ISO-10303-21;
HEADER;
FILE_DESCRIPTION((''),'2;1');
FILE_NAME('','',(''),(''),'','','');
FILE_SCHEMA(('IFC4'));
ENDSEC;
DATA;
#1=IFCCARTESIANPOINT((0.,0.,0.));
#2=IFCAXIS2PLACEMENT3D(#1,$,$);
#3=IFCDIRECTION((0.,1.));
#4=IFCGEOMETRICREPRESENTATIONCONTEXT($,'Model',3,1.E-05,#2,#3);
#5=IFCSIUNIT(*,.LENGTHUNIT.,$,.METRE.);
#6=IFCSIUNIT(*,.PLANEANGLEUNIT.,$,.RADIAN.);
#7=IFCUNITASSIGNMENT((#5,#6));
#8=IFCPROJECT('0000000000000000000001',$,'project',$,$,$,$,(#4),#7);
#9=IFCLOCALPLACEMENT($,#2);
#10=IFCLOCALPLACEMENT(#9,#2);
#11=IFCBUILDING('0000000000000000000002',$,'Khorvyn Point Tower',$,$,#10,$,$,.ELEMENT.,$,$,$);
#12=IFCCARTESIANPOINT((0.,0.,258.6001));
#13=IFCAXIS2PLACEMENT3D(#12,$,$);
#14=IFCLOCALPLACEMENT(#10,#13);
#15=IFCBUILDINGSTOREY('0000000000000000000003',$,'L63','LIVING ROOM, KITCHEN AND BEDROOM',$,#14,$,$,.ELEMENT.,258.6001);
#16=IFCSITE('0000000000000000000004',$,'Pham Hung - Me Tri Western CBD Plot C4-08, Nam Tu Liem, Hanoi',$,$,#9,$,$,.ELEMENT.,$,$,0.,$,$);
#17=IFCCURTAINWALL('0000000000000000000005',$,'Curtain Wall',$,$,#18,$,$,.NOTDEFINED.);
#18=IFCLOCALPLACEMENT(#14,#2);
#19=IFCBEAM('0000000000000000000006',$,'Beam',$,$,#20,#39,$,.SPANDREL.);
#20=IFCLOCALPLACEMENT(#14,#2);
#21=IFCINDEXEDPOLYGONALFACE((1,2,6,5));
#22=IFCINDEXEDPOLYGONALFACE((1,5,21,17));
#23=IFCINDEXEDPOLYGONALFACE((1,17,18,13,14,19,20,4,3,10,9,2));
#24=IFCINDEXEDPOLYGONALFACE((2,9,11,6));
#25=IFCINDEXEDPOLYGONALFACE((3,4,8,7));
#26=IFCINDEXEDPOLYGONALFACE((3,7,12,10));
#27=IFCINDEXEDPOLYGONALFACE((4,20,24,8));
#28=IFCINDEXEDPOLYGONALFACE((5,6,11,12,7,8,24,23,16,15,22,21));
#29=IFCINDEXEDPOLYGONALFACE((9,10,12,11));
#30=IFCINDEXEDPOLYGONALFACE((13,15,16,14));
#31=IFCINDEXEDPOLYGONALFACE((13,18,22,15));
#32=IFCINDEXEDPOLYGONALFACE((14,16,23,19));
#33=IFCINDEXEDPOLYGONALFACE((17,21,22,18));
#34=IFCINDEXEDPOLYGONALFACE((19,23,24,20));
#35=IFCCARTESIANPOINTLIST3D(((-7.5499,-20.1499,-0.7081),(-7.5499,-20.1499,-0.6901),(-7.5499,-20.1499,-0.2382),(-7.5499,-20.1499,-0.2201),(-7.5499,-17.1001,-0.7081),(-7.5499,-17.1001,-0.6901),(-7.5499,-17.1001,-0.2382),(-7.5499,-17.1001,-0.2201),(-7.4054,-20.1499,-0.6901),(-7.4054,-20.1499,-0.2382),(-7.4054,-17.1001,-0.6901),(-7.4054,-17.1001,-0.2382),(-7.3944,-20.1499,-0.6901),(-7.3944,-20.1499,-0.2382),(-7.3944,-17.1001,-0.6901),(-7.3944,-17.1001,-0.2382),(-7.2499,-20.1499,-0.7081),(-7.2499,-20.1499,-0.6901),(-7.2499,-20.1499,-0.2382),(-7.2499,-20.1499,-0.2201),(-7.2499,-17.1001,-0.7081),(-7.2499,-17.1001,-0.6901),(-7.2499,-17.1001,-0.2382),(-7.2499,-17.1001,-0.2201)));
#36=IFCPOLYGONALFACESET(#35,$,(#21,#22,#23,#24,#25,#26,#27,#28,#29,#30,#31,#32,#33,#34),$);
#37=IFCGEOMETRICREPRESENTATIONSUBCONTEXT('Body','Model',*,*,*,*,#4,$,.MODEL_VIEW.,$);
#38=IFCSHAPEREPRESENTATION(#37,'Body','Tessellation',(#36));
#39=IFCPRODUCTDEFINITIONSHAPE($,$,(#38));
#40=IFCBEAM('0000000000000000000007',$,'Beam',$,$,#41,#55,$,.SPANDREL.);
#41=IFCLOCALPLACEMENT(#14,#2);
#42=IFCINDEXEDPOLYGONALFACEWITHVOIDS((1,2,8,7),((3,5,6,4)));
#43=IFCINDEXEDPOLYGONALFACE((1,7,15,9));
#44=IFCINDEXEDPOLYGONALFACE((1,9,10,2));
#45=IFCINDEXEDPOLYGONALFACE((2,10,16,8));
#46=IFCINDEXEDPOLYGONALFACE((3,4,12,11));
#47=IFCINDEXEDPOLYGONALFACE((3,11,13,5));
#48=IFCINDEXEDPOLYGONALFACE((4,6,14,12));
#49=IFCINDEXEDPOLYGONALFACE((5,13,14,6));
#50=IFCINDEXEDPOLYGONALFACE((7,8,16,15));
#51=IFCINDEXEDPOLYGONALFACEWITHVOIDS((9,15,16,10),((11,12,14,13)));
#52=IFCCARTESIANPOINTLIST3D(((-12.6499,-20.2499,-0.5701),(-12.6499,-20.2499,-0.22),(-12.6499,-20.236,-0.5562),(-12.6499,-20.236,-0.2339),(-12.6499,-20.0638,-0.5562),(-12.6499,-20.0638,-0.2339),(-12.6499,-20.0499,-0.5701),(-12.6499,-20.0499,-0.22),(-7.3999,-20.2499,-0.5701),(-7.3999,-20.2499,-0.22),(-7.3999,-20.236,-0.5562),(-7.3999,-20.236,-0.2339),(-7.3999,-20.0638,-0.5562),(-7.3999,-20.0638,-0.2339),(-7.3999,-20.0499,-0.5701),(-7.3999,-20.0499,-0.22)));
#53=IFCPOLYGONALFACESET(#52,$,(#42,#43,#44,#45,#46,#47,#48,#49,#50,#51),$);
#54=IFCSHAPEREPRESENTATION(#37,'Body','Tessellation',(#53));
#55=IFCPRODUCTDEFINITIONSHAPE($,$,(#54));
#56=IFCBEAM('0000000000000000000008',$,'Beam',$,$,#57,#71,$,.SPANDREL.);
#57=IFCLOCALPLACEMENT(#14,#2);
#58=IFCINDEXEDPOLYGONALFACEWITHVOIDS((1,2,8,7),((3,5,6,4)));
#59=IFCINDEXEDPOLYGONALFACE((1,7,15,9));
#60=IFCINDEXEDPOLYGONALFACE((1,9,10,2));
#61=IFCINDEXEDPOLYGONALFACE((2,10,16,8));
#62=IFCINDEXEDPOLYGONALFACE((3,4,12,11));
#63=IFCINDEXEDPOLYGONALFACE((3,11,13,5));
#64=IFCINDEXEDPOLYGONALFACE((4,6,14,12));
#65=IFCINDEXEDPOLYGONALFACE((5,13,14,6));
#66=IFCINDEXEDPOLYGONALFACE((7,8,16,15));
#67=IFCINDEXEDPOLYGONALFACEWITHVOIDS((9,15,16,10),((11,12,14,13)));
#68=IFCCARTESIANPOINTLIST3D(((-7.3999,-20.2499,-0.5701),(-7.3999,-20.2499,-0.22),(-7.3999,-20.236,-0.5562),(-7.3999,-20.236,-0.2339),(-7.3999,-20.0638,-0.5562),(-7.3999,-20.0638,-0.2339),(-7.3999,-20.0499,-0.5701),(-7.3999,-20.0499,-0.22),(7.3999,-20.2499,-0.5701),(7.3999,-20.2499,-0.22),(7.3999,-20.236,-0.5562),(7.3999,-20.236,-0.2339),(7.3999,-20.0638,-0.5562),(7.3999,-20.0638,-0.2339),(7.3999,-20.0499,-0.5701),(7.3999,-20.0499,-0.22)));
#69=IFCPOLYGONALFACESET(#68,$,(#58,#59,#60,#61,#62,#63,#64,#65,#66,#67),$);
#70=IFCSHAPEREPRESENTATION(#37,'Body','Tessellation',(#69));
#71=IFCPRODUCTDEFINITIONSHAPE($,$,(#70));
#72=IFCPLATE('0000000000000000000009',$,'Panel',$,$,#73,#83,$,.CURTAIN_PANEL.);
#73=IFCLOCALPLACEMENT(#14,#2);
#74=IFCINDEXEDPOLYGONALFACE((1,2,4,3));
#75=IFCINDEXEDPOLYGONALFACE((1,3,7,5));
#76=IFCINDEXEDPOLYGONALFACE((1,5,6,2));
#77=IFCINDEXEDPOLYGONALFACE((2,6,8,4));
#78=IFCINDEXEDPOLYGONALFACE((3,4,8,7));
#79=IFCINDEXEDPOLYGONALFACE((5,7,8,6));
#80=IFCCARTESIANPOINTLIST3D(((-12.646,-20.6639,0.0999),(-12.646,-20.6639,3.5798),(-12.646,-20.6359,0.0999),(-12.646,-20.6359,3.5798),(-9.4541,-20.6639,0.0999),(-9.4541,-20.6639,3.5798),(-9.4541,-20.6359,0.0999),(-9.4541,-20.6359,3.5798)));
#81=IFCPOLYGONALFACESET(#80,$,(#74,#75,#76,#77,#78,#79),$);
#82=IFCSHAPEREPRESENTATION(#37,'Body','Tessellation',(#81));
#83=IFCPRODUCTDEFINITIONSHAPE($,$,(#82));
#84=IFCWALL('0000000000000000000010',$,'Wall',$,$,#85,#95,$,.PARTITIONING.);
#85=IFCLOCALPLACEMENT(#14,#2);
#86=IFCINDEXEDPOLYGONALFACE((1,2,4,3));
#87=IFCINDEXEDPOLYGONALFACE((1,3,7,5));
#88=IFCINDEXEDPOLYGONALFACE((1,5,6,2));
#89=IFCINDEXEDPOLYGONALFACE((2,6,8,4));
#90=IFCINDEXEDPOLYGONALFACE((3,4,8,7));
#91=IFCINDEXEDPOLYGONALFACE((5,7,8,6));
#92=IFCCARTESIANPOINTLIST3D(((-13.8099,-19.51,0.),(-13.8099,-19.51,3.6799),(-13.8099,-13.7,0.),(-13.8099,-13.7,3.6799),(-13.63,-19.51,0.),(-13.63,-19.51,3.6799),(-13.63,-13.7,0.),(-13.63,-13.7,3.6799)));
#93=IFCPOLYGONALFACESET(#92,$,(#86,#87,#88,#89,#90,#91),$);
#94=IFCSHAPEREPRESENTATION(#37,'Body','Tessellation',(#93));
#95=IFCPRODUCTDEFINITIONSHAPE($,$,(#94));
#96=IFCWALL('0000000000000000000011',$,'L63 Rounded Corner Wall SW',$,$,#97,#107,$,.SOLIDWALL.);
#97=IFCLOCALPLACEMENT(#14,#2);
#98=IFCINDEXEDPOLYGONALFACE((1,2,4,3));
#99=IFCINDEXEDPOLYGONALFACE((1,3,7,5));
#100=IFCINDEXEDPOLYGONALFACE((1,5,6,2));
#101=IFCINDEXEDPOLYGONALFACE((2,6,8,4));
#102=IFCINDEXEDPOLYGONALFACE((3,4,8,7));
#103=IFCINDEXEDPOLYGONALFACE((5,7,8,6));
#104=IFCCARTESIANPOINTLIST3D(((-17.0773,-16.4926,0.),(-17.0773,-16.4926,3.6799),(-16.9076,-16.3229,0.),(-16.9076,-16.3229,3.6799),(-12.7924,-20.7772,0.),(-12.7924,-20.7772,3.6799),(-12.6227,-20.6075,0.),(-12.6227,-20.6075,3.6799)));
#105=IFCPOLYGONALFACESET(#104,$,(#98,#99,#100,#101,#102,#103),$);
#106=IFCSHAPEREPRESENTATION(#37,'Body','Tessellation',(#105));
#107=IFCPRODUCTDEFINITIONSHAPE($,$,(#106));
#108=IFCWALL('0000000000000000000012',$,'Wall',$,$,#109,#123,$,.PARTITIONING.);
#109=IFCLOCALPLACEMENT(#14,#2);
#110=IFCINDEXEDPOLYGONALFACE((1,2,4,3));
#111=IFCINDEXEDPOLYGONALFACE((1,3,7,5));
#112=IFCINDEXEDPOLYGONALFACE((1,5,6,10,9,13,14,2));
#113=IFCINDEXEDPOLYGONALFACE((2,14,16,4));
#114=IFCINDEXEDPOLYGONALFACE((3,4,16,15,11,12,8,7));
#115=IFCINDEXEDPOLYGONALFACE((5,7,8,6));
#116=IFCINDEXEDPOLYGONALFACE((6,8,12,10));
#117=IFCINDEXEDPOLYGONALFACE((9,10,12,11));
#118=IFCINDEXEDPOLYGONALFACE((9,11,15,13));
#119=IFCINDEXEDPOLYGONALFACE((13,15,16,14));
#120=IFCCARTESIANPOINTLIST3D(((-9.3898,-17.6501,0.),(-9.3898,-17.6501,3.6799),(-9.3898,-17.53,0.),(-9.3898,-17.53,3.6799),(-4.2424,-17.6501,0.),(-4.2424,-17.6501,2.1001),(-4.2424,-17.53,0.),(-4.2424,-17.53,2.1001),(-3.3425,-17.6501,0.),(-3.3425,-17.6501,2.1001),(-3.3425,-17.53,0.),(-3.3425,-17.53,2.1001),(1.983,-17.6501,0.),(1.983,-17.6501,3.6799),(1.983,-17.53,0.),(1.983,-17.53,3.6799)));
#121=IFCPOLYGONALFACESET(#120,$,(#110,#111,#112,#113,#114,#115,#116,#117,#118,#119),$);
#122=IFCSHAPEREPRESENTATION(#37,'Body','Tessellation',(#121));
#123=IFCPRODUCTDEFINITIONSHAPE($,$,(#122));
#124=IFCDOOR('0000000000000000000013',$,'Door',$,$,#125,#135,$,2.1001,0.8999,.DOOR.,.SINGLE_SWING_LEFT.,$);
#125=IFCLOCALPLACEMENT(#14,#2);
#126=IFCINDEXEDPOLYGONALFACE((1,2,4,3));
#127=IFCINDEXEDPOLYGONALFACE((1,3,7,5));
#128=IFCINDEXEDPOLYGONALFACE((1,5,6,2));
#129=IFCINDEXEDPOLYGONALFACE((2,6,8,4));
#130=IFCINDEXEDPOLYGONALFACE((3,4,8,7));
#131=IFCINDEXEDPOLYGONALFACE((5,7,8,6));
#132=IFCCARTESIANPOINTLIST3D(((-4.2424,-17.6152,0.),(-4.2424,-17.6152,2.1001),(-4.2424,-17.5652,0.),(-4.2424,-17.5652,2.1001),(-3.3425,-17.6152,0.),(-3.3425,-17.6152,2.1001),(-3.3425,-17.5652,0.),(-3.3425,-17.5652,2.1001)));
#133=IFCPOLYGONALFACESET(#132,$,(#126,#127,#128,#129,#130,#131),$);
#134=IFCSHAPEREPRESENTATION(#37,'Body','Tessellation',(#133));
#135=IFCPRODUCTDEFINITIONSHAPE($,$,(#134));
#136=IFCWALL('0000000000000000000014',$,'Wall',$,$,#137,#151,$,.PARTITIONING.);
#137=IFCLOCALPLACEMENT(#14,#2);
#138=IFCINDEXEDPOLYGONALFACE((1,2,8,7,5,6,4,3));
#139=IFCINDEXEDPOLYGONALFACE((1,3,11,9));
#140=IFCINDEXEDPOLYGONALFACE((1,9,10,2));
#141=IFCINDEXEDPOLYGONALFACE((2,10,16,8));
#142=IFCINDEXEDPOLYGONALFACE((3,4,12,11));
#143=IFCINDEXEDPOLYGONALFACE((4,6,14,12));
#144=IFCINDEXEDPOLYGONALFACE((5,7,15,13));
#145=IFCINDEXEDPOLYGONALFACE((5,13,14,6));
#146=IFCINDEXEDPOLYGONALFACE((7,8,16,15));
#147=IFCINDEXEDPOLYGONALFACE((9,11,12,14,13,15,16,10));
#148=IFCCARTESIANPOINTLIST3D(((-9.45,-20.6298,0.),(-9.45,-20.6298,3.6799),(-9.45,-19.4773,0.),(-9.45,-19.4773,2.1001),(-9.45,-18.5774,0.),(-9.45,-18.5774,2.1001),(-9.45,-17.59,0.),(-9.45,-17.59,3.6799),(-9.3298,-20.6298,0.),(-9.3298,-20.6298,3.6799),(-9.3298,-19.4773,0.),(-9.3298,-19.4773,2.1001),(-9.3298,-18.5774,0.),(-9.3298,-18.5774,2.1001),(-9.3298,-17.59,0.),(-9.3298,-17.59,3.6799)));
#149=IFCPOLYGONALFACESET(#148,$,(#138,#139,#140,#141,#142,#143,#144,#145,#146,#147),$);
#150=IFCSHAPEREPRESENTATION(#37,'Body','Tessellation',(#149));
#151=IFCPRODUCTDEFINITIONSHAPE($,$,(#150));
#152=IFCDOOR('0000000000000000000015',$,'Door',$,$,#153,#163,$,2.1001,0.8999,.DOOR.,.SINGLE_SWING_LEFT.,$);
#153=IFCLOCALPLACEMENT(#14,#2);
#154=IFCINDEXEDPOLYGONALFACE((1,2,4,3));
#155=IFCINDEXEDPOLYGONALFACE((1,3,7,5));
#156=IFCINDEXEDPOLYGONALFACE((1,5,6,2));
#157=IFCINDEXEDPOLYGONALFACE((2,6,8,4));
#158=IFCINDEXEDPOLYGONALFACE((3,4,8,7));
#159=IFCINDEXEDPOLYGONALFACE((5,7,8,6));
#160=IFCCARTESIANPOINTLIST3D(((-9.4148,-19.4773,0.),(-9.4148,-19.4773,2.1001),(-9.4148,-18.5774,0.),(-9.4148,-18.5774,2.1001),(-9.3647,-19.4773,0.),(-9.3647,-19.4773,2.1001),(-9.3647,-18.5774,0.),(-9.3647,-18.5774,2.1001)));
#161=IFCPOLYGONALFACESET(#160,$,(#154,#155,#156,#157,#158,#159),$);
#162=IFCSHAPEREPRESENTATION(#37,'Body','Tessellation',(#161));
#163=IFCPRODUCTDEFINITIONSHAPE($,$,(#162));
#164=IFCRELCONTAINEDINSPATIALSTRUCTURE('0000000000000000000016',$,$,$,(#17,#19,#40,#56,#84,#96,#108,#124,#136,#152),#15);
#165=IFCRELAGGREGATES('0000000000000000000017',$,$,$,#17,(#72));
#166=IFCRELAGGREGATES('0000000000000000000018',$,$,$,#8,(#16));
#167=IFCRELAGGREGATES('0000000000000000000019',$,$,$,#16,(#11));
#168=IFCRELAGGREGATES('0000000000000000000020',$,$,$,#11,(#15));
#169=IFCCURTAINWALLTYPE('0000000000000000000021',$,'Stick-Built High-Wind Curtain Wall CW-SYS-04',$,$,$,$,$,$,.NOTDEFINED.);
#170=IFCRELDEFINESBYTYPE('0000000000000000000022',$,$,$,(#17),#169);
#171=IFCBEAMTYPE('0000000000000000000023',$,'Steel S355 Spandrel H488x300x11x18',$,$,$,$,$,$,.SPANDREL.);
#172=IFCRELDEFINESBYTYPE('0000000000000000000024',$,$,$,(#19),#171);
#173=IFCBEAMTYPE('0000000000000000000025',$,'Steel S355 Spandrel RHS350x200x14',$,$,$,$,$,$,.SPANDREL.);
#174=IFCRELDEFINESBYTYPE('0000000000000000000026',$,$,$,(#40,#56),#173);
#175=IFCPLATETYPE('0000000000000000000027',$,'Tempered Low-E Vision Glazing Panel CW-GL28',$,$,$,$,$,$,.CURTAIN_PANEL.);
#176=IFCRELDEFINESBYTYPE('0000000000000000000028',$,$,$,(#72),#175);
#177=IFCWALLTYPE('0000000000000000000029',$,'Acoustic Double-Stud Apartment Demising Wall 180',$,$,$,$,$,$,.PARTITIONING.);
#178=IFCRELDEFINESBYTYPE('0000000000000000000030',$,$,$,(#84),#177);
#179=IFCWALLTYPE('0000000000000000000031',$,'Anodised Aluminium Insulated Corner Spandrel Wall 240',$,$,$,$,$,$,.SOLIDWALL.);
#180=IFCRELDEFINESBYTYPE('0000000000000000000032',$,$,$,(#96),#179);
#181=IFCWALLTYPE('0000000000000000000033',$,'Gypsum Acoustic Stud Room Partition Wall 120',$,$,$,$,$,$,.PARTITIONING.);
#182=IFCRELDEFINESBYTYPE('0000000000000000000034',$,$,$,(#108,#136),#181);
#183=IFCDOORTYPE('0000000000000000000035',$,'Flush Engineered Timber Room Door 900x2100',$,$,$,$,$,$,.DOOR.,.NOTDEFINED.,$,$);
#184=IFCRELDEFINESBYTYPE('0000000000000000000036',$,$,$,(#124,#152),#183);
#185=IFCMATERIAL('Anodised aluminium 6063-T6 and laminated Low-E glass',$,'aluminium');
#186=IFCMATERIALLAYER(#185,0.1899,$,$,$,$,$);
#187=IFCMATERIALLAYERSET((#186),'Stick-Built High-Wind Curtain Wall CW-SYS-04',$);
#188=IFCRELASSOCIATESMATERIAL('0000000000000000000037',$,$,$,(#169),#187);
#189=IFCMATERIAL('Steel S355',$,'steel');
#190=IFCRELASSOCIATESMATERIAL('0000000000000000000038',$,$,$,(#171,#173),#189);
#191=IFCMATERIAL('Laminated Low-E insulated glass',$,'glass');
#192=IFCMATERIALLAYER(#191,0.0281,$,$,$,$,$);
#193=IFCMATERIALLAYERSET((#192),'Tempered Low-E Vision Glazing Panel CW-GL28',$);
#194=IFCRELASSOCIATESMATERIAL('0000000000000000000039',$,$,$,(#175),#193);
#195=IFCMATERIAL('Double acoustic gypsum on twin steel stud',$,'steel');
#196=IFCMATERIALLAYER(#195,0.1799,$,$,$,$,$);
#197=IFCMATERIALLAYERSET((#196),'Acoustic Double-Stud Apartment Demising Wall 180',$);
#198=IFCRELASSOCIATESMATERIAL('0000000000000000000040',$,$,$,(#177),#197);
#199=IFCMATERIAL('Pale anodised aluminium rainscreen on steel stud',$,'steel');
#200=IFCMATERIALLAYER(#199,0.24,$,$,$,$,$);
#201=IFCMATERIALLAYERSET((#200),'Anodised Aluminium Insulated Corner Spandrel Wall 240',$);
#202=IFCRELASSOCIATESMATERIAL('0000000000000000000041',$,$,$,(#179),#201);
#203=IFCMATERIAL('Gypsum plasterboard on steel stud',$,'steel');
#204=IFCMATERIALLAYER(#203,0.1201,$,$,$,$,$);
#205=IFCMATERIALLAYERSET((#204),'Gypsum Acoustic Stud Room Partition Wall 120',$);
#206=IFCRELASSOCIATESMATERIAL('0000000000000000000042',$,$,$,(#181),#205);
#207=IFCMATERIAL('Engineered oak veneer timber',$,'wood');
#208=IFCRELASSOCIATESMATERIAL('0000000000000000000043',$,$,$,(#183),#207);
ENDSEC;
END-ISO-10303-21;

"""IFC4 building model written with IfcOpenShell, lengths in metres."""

from ifc_helpers import new_model, si_unit, direction, frame, frame_2d, origin, origin_2d, place, context, subcontext, project, spatial, rectangle, hollow_rectangle, i_section, extrude, material, layer, layer_set, material_profile, profile_set, type_object, element, fill, aggregate, save


model = new_model("IFC4")

# Units and contexts
model_context = context("Model", 3, precision=1e-05, world=origin(), true_north=direction((0.0, 1.0)))
body_context = subcontext(model_context, "Body", "Model", "MODEL_VIEW")
ifc_project = project(units=[si_unit("LENGTHUNIT", "METRE"), si_unit("PLANEANGLEUNIT", "RADIAN")], contexts=[model_context])

# Site, building, storey
site_placement = place(None, origin())
site = spatial("IfcSite", under=ifc_project, at=site_placement, Name="Pham Hung - Me Tri Western CBD Plot C4-08, Nam Tu Liem, Hanoi", CompositionType="ELEMENT", RefElevation=0.0)
building_placement = place(site_placement, origin())
building = spatial("IfcBuilding", under=site, at=building_placement, Name="Khorvyn Point Tower", CompositionType="ELEMENT")
storey_placement = place(building_placement, frame((0.0, 0.0, 258.6001)))
storey = spatial("IfcBuildingStorey", under=building, at=storey_placement, Name="L63", Description="LIVING ROOM, KITCHEN AND BEDROOM", CompositionType="ELEMENT", Elevation=258.6001)

# Shared definitions
ifc_material_1 = material(Name="Steel S355", Category="steel")

# Curtain wall
ifc_material_2 = material(Name="Anodised aluminium 6063-T6 and laminated Low-E glass", Category="aluminium")
ifc_layer_1 = layer(ifc_material_2, 0.1899)
ifc_layer_set_1 = layer_set([ifc_layer_1], Name="Stick-Built High-Wind Curtain Wall CW-SYS-04")
curtain_wall_type = type_object("IfcCurtainWallType", Name="Stick-Built High-Wind Curtain Wall CW-SYS-04", PredefinedType="NOTDEFINED", material=ifc_layer_set_1)
curtain_wall_1_placement = place(storey_placement, origin())
curtain_wall_1 = element("IfcCurtainWall", 1, at=curtain_wall_1_placement, inside=storey, type_object=curtain_wall_type, Name="Curtain Wall", PredefinedType="NOTDEFINED")

# Beams
ifc_material_profile_1 = material_profile(ifc_material_1, i_section(OverallWidth=0.3, OverallDepth=0.488, WebThickness=0.011, FlangeThickness=0.0181, at=origin_2d()))
ifc_profile_set_1 = profile_set([ifc_material_profile_1], Name="Steel S355 H488x300x11x18")
beam_type_1 = type_object("IfcBeamType", Name="Steel S355 Spandrel H488x300x11x18", PredefinedType="SPANDREL", material=ifc_profile_set_1)
beam_1_placement = place(storey_placement, frame((-7.3999, -20.1499, -0.4641), z_axis=(0.0, 1.0, 0.0), x_axis=(-1.0, 0.0, 0.0)))
element("IfcBeam", 2, at=beam_1_placement, inside=storey, type_object=beam_type_1, Name="Beam", PredefinedType="SPANDREL", context=body_context, shape_type="SweptSolid", body=[
    extrude(i_section(OverallWidth=0.3, OverallDepth=0.488, WebThickness=0.011, FlangeThickness=0.0181, at=origin_2d()), origin(), (0.0, 0.0, 1.0), 3.0498),
])
ifc_material_profile_2 = material_profile(ifc_material_1, hollow_rectangle(XDim=0.2, YDim=0.3501, WallThickness=0.0139, at=origin_2d()))
ifc_profile_set_2 = profile_set([ifc_material_profile_2], Name="Steel S355 RHS350x200x14")
beam_type_2 = type_object("IfcBeamType", Name="Steel S355 Spandrel RHS350x200x14", PredefinedType="SPANDREL", material=ifc_profile_set_2)
beam_2_placement = place(storey_placement, frame((-12.6499, -20.1499, -0.395), z_axis=(1.0, 0.0, 0.0), x_axis=(0.0, 1.0, 0.0)))
element("IfcBeam", 3, at=beam_2_placement, inside=storey, type_object=beam_type_2, Name="Beam", PredefinedType="SPANDREL", context=body_context, shape_type="SweptSolid", body=[
    extrude(hollow_rectangle(XDim=0.2, YDim=0.3501, WallThickness=0.0139, at=origin_2d()), origin(), (0.0, 0.0, 1.0), 5.25),
])
beam_3_placement = place(storey_placement, frame((-7.3999, -20.1499, -0.395), z_axis=(1.0, 0.0, 0.0), x_axis=(0.0, 1.0, 0.0)))
element("IfcBeam", 4, at=beam_3_placement, inside=storey, type_object=beam_type_2, Name="Beam", PredefinedType="SPANDREL", context=body_context, shape_type="SweptSolid", body=[
    extrude(hollow_rectangle(XDim=0.2, YDim=0.3501, WallThickness=0.0139, at=origin_2d()), origin(), (0.0, 0.0, 1.0), 14.7998),
])

# Plate
ifc_material_3 = material(Name="Laminated Low-E insulated glass", Category="glass")
ifc_layer_2 = layer(ifc_material_3, 0.0281)
ifc_layer_set_2 = layer_set([ifc_layer_2], Name="Tempered Low-E Vision Glazing Panel CW-GL28")
plate_type = type_object("IfcPlateType", Name="Tempered Low-E Vision Glazing Panel CW-GL28", PredefinedType="CURTAIN_PANEL", material=ifc_layer_set_2)
plate_placement = place(storey_placement, frame((-11.05, -20.6499, 0.0999), z_axis=(0.0, 0.0, 1.0), x_axis=(-1.0, 0.0, 0.0)))
plate = element("IfcPlate", 5, at=plate_placement, type_object=plate_type, Name="Panel", PredefinedType="CURTAIN_PANEL", context=body_context, shape_type="SweptSolid", body=[
    extrude(rectangle(XDim=3.1919, YDim=0.0281, at=origin_2d()), origin(), (0.0, 0.0, 1.0), 3.48),
])
aggregate(curtain_wall_1, [plate])

# Walls
ifc_material_4 = material(Name="Double acoustic gypsum on twin steel stud", Category="steel")
ifc_layer_3 = layer(ifc_material_4, 0.1799)
ifc_layer_set_3 = layer_set([ifc_layer_3], Name="Acoustic Double-Stud Apartment Demising Wall 180")
wall_type_1 = type_object("IfcWallType", Name="Acoustic Double-Stud Apartment Demising Wall 180", PredefinedType="PARTITIONING", material=ifc_layer_set_3)
wall_1_placement = place(storey_placement, frame((-13.72, -19.51, 0.0), z_axis=(0.0, 0.0, 1.0), x_axis=(0.0, 1.0, 0.0)))
element("IfcWall", 6, at=wall_1_placement, inside=storey, type_object=wall_type_1, Name="Wall", PredefinedType="PARTITIONING", context=body_context, shape_type="SweptSolid", body=[
    extrude(rectangle(XDim=5.8101, YDim=0.1799, at=frame_2d((2.905, 0.0))), origin(), (0.0, 0.0, 1.0), 3.6799),
])
ifc_material_5 = material(Name="Pale anodised aluminium rainscreen on steel stud", Category="steel")
ifc_layer_4 = layer(ifc_material_5, 0.24)
ifc_layer_set_4 = layer_set([ifc_layer_4], Name="Anodised Aluminium Insulated Corner Spandrel Wall 240")
wall_type_2 = type_object("IfcWallType", Name="Anodised Aluminium Insulated Corner Spandrel Wall 240", PredefinedType="SOLIDWALL", material=ifc_layer_set_4)
wall_2_placement = place(storey_placement, frame((-12.7075, -20.6924, 0.0), z_axis=(0.0, 0.0, 1.0), x_axis=(-0.707127, 0.707087, 0.0)))
element("IfcWall", 7, at=wall_2_placement, inside=storey, type_object=wall_type_2, Name="L63 Rounded Corner Wall SW", PredefinedType="SOLIDWALL", context=body_context, shape_type="SweptSolid", body=[
    extrude(rectangle(XDim=6.0596, YDim=0.24, at=frame_2d((3.0298, 0.0))), origin(), (0.0, 0.0, 1.0), 3.6799),
])

# Walls, openings, doors
ifc_material_6 = material(Name="Gypsum plasterboard on steel stud", Category="steel")
ifc_layer_5 = layer(ifc_material_6, 0.1201)
ifc_layer_set_5 = layer_set([ifc_layer_5], Name="Gypsum Acoustic Stud Room Partition Wall 120")
wall_type_3 = type_object("IfcWallType", Name="Gypsum Acoustic Stud Room Partition Wall 120", PredefinedType="PARTITIONING", material=ifc_layer_set_5)
wall_3_placement = place(storey_placement, frame((-9.3899, -17.5901, 0.0), z_axis=(0.0, 0.0, 1.0), x_axis=(1.0, 0.0, 0.0)))
wall_3 = element("IfcWall", 8, at=wall_3_placement, inside=storey, type_object=wall_type_3, Name="Wall", PredefinedType="PARTITIONING", context=body_context, shape_type="SweptSolid", body=[
    extrude(rectangle(XDim=11.3728, YDim=0.1201, at=frame_2d((5.6865, 0.0))), origin(), (0.0, 0.0, 1.0), 3.6799),
])
opening_1_placement = place(wall_3_placement, frame((5.1475, 0.0, 0.0)))
opening_1 = element("IfcOpeningElement", 9, at=opening_1_placement, cuts=wall_3, PredefinedType="OPENING", context=body_context, shape_type="SweptSolid", body=[
    extrude(rectangle(XDim=0.8999, YDim=2.1001, at=frame_2d((0.45, 1.05))), frame((0.0, 0.0701, 0.0), z_axis=(0.0, -1.0, 0.0), x_axis=(1.0, 0.0, 0.0)), (0.0, 0.0, 1.0), 0.1401),
])
ifc_material_7 = material(Name="Engineered oak veneer timber", Category="wood")
door_type_1 = type_object("IfcDoorType", Name="Flush Engineered Timber Room Door 900x2100", OperationType="NOTDEFINED", PredefinedType="DOOR", material=ifc_material_7)
door_1_placement = place(opening_1_placement, origin())
door_1 = element("IfcDoor", 10, at=door_1_placement, inside=storey, type_object=door_type_1, Name="Door", OperationType="SINGLE_SWING_LEFT", OverallHeight=2.1001, OverallWidth=0.8999, PredefinedType="DOOR", context=body_context, shape_type="SweptSolid", body=[
    extrude(rectangle(XDim=0.8999, YDim=2.1001, at=frame_2d((0.45, 1.05))), frame((0.0, 0.0249, 0.0), z_axis=(0.0, -1.0, 0.0), x_axis=(1.0, 0.0, 0.0)), (0.0, 0.0, 1.0), 0.05),
])
fill(opening_1, door_1)
wall_4_placement = place(storey_placement, frame((-9.3899, -20.6299, 0.0), z_axis=(0.0, 0.0, 1.0), x_axis=(0.0, 1.0, 0.0)))
wall_4 = element("IfcWall", 11, at=wall_4_placement, inside=storey, type_object=wall_type_3, Name="Wall", PredefinedType="PARTITIONING", context=body_context, shape_type="SweptSolid", body=[
    extrude(rectangle(XDim=3.0398, YDim=0.1201, at=frame_2d((1.52, 0.0))), origin(), (0.0, 0.0, 1.0), 3.6799),
])
opening_2_placement = place(wall_4_placement, frame((1.1526, 0.0, 0.0)))
opening_2 = element("IfcOpeningElement", 12, at=opening_2_placement, cuts=wall_4, PredefinedType="OPENING", context=body_context, shape_type="SweptSolid", body=[
    extrude(rectangle(XDim=0.8999, YDim=2.1001, at=frame_2d((0.45, 1.05))), frame((0.0, 0.0701, 0.0), z_axis=(0.0, -1.0, 0.0), x_axis=(1.0, 0.0, 0.0)), (0.0, 0.0, 1.0), 0.1401),
])
door_2_placement = place(opening_2_placement, origin())
door_2 = element("IfcDoor", 13, at=door_2_placement, inside=storey, type_object=door_type_1, Name="Door", OperationType="SINGLE_SWING_LEFT", OverallHeight=2.1001, OverallWidth=0.8999, PredefinedType="DOOR", context=body_context, shape_type="SweptSolid", body=[
    extrude(rectangle(XDim=0.8999, YDim=2.1001, at=frame_2d((0.45, 1.05))), frame((0.0, 0.0249, 0.0), z_axis=(0.0, -1.0, 0.0), x_axis=(1.0, 0.0, 0.0)), (0.0, 0.0, 1.0), 0.05),
])
fill(opening_2, door_2)

save(model, "model.ifc")
